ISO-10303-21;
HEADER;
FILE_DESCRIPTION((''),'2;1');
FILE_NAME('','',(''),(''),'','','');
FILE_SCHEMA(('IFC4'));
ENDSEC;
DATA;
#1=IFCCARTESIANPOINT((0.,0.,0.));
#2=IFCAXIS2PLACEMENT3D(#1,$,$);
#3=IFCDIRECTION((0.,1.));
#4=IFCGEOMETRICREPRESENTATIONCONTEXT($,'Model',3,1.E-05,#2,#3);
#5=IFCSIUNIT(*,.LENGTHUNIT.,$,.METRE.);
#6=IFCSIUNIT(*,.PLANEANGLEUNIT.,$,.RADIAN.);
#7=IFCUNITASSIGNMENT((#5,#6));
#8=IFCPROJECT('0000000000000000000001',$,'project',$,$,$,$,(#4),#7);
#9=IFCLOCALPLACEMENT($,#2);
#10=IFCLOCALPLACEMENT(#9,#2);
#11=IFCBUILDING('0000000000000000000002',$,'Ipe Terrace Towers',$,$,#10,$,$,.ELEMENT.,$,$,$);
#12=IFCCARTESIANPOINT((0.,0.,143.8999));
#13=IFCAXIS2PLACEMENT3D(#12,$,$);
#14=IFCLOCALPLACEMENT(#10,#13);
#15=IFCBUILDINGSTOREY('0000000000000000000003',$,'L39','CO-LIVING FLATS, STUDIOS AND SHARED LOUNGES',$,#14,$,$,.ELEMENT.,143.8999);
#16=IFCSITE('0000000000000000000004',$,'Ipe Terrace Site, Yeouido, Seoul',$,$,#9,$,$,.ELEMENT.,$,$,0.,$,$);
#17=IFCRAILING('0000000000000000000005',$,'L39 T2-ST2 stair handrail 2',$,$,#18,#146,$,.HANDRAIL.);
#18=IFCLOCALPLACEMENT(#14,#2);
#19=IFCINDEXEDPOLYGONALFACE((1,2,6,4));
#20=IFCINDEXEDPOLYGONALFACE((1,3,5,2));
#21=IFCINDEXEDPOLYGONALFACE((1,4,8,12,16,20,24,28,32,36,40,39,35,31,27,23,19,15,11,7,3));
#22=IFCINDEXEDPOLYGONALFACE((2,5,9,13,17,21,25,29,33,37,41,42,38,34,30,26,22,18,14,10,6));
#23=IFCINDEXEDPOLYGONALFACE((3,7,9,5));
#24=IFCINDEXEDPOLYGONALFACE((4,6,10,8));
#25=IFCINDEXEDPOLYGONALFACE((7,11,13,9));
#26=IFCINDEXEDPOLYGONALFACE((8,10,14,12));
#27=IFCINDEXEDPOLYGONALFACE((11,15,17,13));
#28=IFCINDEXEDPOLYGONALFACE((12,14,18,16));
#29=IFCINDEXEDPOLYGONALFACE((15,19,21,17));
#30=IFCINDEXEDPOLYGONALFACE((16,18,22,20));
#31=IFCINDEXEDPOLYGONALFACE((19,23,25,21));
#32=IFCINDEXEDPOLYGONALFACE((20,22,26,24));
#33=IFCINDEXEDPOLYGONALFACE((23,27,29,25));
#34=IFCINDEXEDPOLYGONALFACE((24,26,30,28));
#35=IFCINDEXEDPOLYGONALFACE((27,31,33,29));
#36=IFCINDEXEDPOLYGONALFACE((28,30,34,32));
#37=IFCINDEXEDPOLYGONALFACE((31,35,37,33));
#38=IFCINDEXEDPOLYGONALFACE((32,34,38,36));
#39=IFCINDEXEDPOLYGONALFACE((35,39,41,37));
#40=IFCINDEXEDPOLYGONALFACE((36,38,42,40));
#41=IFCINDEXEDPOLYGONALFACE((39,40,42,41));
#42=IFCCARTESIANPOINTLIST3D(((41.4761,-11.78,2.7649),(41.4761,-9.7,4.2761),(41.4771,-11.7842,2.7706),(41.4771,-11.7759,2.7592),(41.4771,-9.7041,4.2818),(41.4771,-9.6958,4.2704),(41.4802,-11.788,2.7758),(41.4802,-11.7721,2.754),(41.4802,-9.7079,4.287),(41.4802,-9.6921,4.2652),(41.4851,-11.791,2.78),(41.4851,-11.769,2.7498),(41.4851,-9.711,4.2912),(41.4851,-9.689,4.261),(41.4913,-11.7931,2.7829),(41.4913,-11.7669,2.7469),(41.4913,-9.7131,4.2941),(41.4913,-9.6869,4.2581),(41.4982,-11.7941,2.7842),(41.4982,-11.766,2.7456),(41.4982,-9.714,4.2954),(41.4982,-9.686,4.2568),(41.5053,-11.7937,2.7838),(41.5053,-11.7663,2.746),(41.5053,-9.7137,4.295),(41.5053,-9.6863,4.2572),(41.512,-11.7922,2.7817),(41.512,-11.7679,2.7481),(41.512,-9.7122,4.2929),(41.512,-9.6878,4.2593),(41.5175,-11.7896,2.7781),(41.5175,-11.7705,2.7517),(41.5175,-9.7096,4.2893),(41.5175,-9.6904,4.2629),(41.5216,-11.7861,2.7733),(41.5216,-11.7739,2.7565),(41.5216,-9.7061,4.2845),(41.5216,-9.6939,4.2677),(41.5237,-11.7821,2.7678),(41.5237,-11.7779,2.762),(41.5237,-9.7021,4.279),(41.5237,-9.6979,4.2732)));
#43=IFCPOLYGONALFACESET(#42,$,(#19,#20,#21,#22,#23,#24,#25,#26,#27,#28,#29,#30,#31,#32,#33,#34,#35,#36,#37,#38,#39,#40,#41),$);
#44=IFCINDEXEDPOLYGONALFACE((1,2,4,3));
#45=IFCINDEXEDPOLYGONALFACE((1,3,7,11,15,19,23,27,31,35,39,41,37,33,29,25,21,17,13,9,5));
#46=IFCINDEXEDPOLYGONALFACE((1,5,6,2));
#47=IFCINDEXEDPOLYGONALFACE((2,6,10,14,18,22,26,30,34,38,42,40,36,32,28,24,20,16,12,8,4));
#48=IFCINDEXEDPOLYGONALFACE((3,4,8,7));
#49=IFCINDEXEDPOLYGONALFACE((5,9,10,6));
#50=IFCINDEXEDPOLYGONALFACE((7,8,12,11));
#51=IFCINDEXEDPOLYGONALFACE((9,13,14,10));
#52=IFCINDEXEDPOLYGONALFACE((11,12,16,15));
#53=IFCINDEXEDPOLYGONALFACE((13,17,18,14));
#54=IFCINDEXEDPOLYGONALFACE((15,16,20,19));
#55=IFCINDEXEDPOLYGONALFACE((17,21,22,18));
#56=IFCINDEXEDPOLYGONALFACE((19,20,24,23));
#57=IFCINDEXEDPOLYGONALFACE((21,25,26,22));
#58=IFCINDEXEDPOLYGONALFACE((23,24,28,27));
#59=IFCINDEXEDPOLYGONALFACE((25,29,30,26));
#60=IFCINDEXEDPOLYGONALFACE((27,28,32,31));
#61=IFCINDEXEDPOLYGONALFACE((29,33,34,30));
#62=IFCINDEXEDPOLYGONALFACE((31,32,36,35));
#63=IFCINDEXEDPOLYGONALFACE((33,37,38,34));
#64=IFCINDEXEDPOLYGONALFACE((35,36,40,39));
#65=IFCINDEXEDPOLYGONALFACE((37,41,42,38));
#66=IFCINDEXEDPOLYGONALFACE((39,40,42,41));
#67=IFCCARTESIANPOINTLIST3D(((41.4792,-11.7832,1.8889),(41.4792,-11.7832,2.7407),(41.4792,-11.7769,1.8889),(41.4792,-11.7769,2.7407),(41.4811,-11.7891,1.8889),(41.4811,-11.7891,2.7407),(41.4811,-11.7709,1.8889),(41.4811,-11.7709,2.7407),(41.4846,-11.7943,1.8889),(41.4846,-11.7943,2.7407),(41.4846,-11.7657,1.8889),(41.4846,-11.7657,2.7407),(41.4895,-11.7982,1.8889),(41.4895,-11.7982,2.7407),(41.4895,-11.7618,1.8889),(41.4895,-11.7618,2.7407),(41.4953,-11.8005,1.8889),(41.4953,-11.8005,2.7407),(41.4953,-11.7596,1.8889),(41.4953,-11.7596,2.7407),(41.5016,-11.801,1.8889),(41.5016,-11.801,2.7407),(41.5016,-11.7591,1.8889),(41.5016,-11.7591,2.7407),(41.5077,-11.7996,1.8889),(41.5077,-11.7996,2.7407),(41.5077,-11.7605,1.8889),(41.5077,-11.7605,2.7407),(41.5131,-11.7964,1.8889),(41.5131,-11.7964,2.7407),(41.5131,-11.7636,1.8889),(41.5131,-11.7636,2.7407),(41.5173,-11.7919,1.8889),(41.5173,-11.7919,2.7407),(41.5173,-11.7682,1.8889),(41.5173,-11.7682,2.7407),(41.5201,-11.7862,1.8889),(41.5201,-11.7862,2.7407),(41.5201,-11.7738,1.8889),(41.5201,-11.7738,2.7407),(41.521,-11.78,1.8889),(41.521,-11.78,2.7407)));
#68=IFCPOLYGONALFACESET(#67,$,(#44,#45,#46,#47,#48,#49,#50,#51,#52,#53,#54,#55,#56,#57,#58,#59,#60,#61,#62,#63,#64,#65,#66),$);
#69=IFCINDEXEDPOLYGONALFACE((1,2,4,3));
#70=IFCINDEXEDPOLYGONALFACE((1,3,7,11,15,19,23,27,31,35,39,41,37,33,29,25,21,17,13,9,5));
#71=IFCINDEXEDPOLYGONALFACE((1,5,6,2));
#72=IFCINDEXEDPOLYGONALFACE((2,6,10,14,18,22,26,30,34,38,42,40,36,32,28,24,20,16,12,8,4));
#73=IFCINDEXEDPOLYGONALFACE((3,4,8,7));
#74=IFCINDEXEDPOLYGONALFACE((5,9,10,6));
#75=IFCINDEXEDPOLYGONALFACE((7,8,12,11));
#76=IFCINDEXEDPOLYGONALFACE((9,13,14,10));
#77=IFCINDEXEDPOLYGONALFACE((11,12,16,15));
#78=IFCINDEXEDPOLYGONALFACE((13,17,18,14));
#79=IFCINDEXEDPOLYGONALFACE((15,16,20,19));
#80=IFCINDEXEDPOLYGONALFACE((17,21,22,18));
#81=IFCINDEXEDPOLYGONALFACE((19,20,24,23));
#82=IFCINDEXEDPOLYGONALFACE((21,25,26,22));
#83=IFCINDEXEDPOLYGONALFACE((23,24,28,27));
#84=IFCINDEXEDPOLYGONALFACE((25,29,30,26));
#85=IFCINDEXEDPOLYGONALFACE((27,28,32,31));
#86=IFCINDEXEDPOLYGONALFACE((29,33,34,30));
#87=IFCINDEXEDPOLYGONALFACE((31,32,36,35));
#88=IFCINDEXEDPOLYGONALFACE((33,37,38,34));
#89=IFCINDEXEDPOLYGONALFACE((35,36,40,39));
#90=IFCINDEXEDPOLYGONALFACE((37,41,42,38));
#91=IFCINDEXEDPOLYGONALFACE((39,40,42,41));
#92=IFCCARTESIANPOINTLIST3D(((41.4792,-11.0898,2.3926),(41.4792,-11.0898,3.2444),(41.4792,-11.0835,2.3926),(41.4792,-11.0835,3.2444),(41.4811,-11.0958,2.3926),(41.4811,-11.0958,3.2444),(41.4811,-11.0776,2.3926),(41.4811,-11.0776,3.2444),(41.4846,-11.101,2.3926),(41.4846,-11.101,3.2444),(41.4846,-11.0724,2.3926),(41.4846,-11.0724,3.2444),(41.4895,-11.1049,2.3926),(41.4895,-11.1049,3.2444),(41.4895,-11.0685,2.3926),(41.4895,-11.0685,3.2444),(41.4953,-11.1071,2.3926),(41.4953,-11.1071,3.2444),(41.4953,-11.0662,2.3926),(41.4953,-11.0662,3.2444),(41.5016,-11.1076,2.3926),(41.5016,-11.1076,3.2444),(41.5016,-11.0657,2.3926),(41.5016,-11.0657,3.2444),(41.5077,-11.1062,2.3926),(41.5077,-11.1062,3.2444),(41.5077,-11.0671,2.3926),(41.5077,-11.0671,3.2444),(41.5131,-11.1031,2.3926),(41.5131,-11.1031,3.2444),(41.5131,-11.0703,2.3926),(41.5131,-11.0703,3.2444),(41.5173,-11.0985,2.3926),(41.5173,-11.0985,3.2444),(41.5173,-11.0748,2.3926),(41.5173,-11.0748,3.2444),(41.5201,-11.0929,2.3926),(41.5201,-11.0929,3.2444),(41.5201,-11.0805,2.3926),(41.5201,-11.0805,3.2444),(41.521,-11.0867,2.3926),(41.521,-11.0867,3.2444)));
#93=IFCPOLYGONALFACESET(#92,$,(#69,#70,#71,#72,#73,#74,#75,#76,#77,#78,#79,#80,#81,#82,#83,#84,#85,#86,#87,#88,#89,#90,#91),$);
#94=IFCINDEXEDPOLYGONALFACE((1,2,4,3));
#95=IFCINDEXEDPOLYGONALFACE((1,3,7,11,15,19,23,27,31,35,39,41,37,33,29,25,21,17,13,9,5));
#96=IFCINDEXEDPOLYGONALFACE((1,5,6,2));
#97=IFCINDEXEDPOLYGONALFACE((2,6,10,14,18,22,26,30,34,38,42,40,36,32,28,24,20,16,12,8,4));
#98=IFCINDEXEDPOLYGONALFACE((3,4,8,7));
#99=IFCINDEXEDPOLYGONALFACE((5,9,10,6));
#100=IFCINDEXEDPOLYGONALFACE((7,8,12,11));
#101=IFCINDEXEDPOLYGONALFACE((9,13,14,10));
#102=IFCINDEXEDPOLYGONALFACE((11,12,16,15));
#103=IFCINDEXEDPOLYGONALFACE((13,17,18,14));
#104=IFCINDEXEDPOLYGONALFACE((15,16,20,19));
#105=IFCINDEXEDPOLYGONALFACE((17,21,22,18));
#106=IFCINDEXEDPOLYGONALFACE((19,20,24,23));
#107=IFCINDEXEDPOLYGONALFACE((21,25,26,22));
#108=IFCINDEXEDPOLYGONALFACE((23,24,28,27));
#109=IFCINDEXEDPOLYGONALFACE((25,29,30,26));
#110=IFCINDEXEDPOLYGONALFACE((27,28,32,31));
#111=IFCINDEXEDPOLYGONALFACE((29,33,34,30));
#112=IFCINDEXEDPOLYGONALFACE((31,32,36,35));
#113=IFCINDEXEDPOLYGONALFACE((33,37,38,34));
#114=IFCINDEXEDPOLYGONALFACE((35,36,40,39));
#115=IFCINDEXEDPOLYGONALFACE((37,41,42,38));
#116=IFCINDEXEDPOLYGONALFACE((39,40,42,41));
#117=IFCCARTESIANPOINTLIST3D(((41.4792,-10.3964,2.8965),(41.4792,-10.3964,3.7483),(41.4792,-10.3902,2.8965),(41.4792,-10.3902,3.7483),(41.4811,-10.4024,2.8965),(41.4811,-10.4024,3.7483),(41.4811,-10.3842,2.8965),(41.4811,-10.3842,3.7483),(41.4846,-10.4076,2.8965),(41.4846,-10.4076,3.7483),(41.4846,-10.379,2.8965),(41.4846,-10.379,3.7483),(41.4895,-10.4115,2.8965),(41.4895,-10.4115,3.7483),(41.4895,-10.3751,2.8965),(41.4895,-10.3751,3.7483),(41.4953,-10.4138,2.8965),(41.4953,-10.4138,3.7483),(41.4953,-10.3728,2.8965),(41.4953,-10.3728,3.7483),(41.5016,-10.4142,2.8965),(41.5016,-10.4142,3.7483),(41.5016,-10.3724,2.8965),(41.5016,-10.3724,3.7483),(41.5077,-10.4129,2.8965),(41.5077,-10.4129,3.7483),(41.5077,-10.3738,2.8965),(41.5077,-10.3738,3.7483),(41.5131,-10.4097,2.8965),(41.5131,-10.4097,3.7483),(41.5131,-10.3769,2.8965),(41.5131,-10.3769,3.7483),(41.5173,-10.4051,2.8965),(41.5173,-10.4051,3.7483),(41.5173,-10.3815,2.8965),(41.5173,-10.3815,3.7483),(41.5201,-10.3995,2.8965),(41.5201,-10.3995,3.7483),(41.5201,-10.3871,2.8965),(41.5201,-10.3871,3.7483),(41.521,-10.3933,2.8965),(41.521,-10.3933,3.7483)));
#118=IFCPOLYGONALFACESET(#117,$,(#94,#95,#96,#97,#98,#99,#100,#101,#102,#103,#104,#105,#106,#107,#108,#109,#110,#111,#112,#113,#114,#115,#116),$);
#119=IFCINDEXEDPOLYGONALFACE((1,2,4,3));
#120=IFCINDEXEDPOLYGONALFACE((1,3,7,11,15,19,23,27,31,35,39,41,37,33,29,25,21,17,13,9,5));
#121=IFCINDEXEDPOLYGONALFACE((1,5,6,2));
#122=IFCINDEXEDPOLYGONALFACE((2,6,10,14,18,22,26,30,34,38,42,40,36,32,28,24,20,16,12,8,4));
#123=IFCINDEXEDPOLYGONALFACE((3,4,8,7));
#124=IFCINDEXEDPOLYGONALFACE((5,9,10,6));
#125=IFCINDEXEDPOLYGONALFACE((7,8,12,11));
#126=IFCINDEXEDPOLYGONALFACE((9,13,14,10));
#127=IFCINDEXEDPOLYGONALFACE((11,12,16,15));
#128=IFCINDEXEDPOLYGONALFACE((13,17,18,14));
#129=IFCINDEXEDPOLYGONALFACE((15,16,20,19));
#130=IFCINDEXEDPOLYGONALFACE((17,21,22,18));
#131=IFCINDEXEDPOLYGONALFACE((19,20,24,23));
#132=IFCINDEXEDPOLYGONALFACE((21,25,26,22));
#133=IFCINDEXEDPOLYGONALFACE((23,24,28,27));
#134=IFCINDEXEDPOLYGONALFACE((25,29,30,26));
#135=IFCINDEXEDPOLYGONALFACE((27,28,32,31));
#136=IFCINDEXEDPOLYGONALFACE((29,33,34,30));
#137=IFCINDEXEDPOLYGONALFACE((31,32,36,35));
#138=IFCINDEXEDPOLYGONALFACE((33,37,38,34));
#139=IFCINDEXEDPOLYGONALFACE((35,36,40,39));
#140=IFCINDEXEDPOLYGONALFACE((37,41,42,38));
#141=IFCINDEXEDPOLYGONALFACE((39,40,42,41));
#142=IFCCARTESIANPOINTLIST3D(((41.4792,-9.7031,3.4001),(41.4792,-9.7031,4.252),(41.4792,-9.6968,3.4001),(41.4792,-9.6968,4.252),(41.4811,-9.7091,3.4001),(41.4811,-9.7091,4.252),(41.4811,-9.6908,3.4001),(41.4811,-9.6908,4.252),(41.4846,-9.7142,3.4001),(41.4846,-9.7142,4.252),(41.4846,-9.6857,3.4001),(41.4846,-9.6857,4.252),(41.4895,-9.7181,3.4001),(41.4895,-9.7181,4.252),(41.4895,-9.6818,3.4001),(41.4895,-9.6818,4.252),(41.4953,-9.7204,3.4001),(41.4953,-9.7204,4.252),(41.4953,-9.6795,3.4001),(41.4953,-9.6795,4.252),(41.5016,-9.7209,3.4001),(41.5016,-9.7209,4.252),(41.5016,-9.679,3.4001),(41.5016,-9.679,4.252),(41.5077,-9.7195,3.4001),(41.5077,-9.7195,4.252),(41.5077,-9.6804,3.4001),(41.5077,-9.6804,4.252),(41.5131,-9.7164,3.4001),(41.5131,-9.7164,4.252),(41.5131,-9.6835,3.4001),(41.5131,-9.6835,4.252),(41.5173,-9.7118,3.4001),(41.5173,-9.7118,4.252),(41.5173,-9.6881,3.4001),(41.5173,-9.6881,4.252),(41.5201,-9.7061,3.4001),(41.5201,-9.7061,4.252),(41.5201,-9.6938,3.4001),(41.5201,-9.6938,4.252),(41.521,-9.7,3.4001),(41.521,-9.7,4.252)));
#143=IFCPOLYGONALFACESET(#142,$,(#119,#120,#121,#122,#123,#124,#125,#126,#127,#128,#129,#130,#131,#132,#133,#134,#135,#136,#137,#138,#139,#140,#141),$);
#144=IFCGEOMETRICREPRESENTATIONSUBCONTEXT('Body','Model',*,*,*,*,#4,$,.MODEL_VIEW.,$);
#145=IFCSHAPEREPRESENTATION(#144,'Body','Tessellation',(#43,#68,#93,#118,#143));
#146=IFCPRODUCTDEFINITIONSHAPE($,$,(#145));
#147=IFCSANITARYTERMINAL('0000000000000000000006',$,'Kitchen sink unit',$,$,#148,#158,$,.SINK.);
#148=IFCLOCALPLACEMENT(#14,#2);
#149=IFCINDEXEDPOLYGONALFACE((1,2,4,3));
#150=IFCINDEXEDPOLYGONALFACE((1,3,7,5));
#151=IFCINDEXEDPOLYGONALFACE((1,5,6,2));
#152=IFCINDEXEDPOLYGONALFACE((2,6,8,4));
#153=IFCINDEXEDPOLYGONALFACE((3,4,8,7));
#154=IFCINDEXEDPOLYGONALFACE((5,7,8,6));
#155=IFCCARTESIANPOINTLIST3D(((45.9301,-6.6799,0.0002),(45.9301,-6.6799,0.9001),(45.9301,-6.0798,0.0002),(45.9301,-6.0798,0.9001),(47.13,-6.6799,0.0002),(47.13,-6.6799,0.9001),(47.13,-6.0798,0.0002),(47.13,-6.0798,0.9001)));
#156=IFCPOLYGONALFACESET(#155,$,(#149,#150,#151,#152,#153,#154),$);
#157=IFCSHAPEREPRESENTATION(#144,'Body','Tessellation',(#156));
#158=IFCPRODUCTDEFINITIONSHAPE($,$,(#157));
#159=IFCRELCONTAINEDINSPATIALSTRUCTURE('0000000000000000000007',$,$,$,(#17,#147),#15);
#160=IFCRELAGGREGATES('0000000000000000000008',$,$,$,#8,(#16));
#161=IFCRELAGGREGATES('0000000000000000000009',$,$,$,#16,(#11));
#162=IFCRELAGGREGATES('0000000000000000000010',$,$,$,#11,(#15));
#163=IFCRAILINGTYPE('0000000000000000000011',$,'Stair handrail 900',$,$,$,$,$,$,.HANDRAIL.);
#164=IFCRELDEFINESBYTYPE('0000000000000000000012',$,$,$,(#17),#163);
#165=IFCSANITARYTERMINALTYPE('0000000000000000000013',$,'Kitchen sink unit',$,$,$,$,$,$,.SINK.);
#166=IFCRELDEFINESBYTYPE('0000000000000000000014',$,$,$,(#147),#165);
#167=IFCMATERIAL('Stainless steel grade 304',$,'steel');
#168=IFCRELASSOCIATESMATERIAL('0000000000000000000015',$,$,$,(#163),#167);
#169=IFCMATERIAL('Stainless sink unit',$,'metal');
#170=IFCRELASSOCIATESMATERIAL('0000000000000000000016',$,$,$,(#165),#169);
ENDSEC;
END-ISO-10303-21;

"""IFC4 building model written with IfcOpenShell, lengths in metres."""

from ifc_helpers import new_model, si_unit, direction, frame, origin, origin_2d, place, context, subcontext, project, spatial, rectangle, circle, extrude, material, type_object, element, save


model = new_model("IFC4")

# Units and contexts
model_context = context("Model", 3, precision=1e-05, world=origin(), true_north=direction((0.0, 1.0)))
body_context = subcontext(model_context, "Body", "Model", "MODEL_VIEW")
ifc_project = project(units=[si_unit("LENGTHUNIT", "METRE"), si_unit("PLANEANGLEUNIT", "RADIAN")], contexts=[model_context])

# Site, building, storey
site_placement = place(None, origin())
site = spatial("IfcSite", under=ifc_project, at=site_placement, Name="Ipe Terrace Site, Yeouido, Seoul", CompositionType="ELEMENT", RefElevation=0.0)
building_placement = place(site_placement, origin())
building = spatial("IfcBuilding", under=site, at=building_placement, Name="Ipe Terrace Towers", CompositionType="ELEMENT")
storey_placement = place(building_placement, frame((0.0, 0.0, 143.8999)))
storey = spatial("IfcBuildingStorey", under=building, at=storey_placement, Name="L39", Description="CO-LIVING FLATS, STUDIOS AND SHARED LOUNGES", CompositionType="ELEMENT", Elevation=143.8999)

# Railing
ifc_material_1 = material(Name="Stainless steel grade 304", Category="steel")
railing_type = type_object("IfcRailingType", Name="Stair handrail 900", PredefinedType="HANDRAIL", material=ifc_material_1)
railing_placement = place(storey_placement, frame((41.5, -11.78, 1.8889)))
element("IfcRailing", 1, at=railing_placement, inside=storey, type_object=railing_type, Name="L39 T2-ST2 stair handrail 2", PredefinedType="HANDRAIL", context=body_context, shape_type="SweptSolid", body=[
    extrude(circle(Radius=0.0239, at=origin_2d()), frame((0.0, 0.0, 0.876), z_axis=(0.0, 0.809023, 0.587776), x_axis=(-1.0, 0.0, 0.0)), (0.0, 0.0, 1.0), 2.571),
    extrude(circle(Radius=0.021, at=origin_2d()), origin(), (0.0, 0.0, 1.0), 0.8518),
    extrude(circle(Radius=0.021, at=origin_2d()), frame((0.0, 0.6934, 0.5037)), (0.0, 0.0, 1.0), 0.8518),
    extrude(circle(Radius=0.021, at=origin_2d()), frame((0.0, 1.3867, 1.0076)), (0.0, 0.0, 1.0), 0.8518),
    extrude(circle(Radius=0.021, at=origin_2d()), frame((0.0, 2.0801, 1.5112)), (0.0, 0.0, 1.0), 0.8518),
])

# Sanitary terminal
ifc_material_2 = material(Name="Stainless sink unit", Category="metal")
sanitary_terminal_type = type_object("IfcSanitaryTerminalType", Name="Kitchen sink unit", PredefinedType="SINK", material=ifc_material_2)
sanitary_terminal_placement = place(storey_placement, frame((46.53, -6.3799, 0.0002), z_axis=(0.0, 0.0, 1.0), x_axis=(-1.0, 0.0, 0.0)))
element("IfcSanitaryTerminal", 2, at=sanitary_terminal_placement, inside=storey, type_object=sanitary_terminal_type, Name="Kitchen sink unit", PredefinedType="SINK", context=body_context, shape_type="SweptSolid", body=[
    extrude(rectangle(XDim=1.2, YDim=0.6001, at=origin_2d()), origin(), (0.0, 0.0, 1.0), 0.8999),
])

save(model, "model.ifc")
